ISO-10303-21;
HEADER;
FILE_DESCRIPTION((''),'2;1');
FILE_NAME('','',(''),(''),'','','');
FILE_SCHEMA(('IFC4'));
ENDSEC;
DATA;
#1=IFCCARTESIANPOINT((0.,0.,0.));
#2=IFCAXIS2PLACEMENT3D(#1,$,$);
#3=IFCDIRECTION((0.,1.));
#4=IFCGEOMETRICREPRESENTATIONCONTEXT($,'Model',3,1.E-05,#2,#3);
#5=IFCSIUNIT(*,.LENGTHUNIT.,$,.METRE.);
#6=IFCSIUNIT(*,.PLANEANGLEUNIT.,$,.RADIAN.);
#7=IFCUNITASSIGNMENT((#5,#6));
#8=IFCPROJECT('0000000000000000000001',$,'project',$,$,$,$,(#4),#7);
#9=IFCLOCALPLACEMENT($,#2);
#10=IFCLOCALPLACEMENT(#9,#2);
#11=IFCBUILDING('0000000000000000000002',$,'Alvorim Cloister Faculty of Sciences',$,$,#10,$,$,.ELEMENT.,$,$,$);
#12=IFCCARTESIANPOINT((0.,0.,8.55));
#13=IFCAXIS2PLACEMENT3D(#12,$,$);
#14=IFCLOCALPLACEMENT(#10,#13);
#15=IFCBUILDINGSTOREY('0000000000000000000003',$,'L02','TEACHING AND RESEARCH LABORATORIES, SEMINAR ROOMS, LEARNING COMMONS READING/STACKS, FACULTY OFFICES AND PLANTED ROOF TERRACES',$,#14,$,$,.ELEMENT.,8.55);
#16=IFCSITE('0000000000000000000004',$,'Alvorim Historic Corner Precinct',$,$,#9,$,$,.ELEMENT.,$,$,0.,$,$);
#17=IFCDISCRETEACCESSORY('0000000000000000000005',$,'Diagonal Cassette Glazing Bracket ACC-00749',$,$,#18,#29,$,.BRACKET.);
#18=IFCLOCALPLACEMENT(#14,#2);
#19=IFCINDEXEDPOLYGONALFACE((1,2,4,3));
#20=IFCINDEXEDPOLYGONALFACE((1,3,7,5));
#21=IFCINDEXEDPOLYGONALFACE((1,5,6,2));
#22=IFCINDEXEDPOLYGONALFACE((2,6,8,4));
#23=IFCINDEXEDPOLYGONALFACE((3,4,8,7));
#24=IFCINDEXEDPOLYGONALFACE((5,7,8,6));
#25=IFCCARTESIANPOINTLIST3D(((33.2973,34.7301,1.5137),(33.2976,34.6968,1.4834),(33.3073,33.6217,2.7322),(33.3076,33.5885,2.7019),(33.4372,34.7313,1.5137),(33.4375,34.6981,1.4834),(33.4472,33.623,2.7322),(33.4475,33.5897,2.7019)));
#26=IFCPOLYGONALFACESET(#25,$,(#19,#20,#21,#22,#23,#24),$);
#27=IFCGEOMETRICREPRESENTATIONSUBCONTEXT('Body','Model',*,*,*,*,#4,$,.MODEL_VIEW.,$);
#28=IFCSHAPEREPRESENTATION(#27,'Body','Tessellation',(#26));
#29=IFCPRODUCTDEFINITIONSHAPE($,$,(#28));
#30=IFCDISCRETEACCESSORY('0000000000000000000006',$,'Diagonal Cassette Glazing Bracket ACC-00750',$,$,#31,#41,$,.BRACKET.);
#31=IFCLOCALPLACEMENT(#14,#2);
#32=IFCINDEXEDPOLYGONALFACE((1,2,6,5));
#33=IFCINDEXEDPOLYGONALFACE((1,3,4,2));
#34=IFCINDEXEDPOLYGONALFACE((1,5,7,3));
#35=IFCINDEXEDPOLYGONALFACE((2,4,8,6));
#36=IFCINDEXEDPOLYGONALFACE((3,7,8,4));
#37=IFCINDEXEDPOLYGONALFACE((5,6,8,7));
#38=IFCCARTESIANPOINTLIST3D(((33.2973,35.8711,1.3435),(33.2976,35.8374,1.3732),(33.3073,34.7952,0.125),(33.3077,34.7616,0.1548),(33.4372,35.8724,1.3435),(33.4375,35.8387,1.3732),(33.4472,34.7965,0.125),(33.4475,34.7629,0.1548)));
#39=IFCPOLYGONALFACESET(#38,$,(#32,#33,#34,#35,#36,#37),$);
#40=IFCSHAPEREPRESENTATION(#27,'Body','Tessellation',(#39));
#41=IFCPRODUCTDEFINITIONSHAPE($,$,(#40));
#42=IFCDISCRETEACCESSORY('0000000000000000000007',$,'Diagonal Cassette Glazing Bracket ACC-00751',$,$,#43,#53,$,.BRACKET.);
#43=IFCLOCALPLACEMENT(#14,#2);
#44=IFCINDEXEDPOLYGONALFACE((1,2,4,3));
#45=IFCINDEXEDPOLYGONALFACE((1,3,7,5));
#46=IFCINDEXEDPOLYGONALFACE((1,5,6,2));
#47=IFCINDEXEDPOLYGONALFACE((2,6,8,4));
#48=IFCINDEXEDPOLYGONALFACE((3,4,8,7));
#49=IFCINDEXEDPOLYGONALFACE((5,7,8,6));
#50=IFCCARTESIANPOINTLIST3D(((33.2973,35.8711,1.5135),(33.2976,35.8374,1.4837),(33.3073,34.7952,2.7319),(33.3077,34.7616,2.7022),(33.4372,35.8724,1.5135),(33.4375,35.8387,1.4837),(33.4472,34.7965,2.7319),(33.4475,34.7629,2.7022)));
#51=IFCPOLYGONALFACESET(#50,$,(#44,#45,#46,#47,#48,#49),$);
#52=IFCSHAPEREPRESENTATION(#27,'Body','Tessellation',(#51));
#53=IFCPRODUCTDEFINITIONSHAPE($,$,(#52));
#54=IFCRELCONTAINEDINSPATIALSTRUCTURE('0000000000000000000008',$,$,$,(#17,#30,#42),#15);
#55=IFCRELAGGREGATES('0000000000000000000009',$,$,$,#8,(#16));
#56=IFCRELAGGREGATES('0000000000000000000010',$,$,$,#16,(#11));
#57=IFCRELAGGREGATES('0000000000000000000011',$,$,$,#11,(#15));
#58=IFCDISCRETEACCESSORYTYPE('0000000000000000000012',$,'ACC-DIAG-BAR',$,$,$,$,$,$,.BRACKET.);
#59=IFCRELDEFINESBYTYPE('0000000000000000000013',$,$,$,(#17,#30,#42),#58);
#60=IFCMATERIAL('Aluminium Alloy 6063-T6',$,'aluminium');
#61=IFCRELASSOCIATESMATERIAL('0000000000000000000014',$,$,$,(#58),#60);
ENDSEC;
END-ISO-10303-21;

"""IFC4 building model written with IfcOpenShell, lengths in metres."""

from ifc_helpers import new_model, si_unit, direction, frame, origin, origin_2d, place, context, subcontext, project, spatial, rectangle, extrude, material, type_object, element, save


model = new_model("IFC4")

# Units and contexts
model_context = context("Model", 3, precision=1e-05, world=origin(), true_north=direction((0.0, 1.0)))
body_context = subcontext(model_context, "Body", "Model", "MODEL_VIEW")
ifc_project = project(units=[si_unit("LENGTHUNIT", "METRE"), si_unit("PLANEANGLEUNIT", "RADIAN")], contexts=[model_context])

# Site, building, storey
site_placement = place(None, origin())
site = spatial("IfcSite", under=ifc_project, at=site_placement, Name="Alvorim Historic Corner Precinct", CompositionType="ELEMENT", RefElevation=0.0)
building_placement = place(site_placement, origin())
building = spatial("IfcBuilding", under=site, at=building_placement, Name="Alvorim Cloister Faculty of Sciences", CompositionType="ELEMENT")
storey_placement = place(building_placement, frame((0.0, 0.0, 8.55)))
storey = spatial("IfcBuildingStorey", under=building, at=storey_placement, Name="L02", Description="TEACHING AND RESEARCH LABORATORIES, SEMINAR ROOMS, LEARNING COMMONS READING/STACKS, FACULTY OFFICES AND PLANTED ROOF TERRACES", CompositionType="ELEMENT", Elevation=8.55)

# Shared definitions
ifc_material_1 = material(Name="Aluminium Alloy 6063-T6", Category="aluminium")

# Discrete accessories
discrete_accessory_type = type_object("IfcDiscreteAccessoryType", Name="ACC-DIAG-BAR", PredefinedType="BRACKET", material=ifc_material_1)
for number, where, z_axis, x_axis, name in (
    (1, (33.3774, 33.6057, 2.717), (-0.006077, 0.672882, -0.739725), (-0.999959, -0.00903, 0.0), "Diagonal Cassette Glazing Bracket ACC-00749"),
):
    element("IfcDiscreteAccessory", number, at=place(storey_placement, frame(where, z_axis=z_axis, x_axis=x_axis)), inside=storey, type_object=discrete_accessory_type, Name=name, PredefinedType="BRACKET", context=body_context, shape_type="SweptSolid", body=[
        extrude(rectangle(XDim=0.1399, YDim=0.0449, at=origin_2d()), origin(), (0.0, 0.0, 1.0), 1.6472),
    ])
for number, where, z_axis, x_axis, name in (
    (2, (33.3774, 34.7791, 0.1399), (-0.006158, 0.661877, 0.749587), (-0.999957, -0.009303, 0.0), "Diagonal Cassette Glazing Bracket ACC-00750"),
    (3, (33.3774, 34.7791, 2.717), (-0.006158, 0.661877, -0.749587), (-0.999957, -0.009303, 0.0), "Diagonal Cassette Glazing Bracket ACC-00751"),
):
    element("IfcDiscreteAccessory", number, at=place(storey_placement, frame(where, z_axis=z_axis, x_axis=x_axis)), inside=storey, type_object=discrete_accessory_type, Name=name, PredefinedType="BRACKET", context=body_context, shape_type="SweptSolid", body=[
        extrude(rectangle(XDim=0.1399, YDim=0.0449, at=origin_2d()), origin(), (0.0, 0.0, 1.0), 1.6255),
    ])

save(model, "model.ifc")
